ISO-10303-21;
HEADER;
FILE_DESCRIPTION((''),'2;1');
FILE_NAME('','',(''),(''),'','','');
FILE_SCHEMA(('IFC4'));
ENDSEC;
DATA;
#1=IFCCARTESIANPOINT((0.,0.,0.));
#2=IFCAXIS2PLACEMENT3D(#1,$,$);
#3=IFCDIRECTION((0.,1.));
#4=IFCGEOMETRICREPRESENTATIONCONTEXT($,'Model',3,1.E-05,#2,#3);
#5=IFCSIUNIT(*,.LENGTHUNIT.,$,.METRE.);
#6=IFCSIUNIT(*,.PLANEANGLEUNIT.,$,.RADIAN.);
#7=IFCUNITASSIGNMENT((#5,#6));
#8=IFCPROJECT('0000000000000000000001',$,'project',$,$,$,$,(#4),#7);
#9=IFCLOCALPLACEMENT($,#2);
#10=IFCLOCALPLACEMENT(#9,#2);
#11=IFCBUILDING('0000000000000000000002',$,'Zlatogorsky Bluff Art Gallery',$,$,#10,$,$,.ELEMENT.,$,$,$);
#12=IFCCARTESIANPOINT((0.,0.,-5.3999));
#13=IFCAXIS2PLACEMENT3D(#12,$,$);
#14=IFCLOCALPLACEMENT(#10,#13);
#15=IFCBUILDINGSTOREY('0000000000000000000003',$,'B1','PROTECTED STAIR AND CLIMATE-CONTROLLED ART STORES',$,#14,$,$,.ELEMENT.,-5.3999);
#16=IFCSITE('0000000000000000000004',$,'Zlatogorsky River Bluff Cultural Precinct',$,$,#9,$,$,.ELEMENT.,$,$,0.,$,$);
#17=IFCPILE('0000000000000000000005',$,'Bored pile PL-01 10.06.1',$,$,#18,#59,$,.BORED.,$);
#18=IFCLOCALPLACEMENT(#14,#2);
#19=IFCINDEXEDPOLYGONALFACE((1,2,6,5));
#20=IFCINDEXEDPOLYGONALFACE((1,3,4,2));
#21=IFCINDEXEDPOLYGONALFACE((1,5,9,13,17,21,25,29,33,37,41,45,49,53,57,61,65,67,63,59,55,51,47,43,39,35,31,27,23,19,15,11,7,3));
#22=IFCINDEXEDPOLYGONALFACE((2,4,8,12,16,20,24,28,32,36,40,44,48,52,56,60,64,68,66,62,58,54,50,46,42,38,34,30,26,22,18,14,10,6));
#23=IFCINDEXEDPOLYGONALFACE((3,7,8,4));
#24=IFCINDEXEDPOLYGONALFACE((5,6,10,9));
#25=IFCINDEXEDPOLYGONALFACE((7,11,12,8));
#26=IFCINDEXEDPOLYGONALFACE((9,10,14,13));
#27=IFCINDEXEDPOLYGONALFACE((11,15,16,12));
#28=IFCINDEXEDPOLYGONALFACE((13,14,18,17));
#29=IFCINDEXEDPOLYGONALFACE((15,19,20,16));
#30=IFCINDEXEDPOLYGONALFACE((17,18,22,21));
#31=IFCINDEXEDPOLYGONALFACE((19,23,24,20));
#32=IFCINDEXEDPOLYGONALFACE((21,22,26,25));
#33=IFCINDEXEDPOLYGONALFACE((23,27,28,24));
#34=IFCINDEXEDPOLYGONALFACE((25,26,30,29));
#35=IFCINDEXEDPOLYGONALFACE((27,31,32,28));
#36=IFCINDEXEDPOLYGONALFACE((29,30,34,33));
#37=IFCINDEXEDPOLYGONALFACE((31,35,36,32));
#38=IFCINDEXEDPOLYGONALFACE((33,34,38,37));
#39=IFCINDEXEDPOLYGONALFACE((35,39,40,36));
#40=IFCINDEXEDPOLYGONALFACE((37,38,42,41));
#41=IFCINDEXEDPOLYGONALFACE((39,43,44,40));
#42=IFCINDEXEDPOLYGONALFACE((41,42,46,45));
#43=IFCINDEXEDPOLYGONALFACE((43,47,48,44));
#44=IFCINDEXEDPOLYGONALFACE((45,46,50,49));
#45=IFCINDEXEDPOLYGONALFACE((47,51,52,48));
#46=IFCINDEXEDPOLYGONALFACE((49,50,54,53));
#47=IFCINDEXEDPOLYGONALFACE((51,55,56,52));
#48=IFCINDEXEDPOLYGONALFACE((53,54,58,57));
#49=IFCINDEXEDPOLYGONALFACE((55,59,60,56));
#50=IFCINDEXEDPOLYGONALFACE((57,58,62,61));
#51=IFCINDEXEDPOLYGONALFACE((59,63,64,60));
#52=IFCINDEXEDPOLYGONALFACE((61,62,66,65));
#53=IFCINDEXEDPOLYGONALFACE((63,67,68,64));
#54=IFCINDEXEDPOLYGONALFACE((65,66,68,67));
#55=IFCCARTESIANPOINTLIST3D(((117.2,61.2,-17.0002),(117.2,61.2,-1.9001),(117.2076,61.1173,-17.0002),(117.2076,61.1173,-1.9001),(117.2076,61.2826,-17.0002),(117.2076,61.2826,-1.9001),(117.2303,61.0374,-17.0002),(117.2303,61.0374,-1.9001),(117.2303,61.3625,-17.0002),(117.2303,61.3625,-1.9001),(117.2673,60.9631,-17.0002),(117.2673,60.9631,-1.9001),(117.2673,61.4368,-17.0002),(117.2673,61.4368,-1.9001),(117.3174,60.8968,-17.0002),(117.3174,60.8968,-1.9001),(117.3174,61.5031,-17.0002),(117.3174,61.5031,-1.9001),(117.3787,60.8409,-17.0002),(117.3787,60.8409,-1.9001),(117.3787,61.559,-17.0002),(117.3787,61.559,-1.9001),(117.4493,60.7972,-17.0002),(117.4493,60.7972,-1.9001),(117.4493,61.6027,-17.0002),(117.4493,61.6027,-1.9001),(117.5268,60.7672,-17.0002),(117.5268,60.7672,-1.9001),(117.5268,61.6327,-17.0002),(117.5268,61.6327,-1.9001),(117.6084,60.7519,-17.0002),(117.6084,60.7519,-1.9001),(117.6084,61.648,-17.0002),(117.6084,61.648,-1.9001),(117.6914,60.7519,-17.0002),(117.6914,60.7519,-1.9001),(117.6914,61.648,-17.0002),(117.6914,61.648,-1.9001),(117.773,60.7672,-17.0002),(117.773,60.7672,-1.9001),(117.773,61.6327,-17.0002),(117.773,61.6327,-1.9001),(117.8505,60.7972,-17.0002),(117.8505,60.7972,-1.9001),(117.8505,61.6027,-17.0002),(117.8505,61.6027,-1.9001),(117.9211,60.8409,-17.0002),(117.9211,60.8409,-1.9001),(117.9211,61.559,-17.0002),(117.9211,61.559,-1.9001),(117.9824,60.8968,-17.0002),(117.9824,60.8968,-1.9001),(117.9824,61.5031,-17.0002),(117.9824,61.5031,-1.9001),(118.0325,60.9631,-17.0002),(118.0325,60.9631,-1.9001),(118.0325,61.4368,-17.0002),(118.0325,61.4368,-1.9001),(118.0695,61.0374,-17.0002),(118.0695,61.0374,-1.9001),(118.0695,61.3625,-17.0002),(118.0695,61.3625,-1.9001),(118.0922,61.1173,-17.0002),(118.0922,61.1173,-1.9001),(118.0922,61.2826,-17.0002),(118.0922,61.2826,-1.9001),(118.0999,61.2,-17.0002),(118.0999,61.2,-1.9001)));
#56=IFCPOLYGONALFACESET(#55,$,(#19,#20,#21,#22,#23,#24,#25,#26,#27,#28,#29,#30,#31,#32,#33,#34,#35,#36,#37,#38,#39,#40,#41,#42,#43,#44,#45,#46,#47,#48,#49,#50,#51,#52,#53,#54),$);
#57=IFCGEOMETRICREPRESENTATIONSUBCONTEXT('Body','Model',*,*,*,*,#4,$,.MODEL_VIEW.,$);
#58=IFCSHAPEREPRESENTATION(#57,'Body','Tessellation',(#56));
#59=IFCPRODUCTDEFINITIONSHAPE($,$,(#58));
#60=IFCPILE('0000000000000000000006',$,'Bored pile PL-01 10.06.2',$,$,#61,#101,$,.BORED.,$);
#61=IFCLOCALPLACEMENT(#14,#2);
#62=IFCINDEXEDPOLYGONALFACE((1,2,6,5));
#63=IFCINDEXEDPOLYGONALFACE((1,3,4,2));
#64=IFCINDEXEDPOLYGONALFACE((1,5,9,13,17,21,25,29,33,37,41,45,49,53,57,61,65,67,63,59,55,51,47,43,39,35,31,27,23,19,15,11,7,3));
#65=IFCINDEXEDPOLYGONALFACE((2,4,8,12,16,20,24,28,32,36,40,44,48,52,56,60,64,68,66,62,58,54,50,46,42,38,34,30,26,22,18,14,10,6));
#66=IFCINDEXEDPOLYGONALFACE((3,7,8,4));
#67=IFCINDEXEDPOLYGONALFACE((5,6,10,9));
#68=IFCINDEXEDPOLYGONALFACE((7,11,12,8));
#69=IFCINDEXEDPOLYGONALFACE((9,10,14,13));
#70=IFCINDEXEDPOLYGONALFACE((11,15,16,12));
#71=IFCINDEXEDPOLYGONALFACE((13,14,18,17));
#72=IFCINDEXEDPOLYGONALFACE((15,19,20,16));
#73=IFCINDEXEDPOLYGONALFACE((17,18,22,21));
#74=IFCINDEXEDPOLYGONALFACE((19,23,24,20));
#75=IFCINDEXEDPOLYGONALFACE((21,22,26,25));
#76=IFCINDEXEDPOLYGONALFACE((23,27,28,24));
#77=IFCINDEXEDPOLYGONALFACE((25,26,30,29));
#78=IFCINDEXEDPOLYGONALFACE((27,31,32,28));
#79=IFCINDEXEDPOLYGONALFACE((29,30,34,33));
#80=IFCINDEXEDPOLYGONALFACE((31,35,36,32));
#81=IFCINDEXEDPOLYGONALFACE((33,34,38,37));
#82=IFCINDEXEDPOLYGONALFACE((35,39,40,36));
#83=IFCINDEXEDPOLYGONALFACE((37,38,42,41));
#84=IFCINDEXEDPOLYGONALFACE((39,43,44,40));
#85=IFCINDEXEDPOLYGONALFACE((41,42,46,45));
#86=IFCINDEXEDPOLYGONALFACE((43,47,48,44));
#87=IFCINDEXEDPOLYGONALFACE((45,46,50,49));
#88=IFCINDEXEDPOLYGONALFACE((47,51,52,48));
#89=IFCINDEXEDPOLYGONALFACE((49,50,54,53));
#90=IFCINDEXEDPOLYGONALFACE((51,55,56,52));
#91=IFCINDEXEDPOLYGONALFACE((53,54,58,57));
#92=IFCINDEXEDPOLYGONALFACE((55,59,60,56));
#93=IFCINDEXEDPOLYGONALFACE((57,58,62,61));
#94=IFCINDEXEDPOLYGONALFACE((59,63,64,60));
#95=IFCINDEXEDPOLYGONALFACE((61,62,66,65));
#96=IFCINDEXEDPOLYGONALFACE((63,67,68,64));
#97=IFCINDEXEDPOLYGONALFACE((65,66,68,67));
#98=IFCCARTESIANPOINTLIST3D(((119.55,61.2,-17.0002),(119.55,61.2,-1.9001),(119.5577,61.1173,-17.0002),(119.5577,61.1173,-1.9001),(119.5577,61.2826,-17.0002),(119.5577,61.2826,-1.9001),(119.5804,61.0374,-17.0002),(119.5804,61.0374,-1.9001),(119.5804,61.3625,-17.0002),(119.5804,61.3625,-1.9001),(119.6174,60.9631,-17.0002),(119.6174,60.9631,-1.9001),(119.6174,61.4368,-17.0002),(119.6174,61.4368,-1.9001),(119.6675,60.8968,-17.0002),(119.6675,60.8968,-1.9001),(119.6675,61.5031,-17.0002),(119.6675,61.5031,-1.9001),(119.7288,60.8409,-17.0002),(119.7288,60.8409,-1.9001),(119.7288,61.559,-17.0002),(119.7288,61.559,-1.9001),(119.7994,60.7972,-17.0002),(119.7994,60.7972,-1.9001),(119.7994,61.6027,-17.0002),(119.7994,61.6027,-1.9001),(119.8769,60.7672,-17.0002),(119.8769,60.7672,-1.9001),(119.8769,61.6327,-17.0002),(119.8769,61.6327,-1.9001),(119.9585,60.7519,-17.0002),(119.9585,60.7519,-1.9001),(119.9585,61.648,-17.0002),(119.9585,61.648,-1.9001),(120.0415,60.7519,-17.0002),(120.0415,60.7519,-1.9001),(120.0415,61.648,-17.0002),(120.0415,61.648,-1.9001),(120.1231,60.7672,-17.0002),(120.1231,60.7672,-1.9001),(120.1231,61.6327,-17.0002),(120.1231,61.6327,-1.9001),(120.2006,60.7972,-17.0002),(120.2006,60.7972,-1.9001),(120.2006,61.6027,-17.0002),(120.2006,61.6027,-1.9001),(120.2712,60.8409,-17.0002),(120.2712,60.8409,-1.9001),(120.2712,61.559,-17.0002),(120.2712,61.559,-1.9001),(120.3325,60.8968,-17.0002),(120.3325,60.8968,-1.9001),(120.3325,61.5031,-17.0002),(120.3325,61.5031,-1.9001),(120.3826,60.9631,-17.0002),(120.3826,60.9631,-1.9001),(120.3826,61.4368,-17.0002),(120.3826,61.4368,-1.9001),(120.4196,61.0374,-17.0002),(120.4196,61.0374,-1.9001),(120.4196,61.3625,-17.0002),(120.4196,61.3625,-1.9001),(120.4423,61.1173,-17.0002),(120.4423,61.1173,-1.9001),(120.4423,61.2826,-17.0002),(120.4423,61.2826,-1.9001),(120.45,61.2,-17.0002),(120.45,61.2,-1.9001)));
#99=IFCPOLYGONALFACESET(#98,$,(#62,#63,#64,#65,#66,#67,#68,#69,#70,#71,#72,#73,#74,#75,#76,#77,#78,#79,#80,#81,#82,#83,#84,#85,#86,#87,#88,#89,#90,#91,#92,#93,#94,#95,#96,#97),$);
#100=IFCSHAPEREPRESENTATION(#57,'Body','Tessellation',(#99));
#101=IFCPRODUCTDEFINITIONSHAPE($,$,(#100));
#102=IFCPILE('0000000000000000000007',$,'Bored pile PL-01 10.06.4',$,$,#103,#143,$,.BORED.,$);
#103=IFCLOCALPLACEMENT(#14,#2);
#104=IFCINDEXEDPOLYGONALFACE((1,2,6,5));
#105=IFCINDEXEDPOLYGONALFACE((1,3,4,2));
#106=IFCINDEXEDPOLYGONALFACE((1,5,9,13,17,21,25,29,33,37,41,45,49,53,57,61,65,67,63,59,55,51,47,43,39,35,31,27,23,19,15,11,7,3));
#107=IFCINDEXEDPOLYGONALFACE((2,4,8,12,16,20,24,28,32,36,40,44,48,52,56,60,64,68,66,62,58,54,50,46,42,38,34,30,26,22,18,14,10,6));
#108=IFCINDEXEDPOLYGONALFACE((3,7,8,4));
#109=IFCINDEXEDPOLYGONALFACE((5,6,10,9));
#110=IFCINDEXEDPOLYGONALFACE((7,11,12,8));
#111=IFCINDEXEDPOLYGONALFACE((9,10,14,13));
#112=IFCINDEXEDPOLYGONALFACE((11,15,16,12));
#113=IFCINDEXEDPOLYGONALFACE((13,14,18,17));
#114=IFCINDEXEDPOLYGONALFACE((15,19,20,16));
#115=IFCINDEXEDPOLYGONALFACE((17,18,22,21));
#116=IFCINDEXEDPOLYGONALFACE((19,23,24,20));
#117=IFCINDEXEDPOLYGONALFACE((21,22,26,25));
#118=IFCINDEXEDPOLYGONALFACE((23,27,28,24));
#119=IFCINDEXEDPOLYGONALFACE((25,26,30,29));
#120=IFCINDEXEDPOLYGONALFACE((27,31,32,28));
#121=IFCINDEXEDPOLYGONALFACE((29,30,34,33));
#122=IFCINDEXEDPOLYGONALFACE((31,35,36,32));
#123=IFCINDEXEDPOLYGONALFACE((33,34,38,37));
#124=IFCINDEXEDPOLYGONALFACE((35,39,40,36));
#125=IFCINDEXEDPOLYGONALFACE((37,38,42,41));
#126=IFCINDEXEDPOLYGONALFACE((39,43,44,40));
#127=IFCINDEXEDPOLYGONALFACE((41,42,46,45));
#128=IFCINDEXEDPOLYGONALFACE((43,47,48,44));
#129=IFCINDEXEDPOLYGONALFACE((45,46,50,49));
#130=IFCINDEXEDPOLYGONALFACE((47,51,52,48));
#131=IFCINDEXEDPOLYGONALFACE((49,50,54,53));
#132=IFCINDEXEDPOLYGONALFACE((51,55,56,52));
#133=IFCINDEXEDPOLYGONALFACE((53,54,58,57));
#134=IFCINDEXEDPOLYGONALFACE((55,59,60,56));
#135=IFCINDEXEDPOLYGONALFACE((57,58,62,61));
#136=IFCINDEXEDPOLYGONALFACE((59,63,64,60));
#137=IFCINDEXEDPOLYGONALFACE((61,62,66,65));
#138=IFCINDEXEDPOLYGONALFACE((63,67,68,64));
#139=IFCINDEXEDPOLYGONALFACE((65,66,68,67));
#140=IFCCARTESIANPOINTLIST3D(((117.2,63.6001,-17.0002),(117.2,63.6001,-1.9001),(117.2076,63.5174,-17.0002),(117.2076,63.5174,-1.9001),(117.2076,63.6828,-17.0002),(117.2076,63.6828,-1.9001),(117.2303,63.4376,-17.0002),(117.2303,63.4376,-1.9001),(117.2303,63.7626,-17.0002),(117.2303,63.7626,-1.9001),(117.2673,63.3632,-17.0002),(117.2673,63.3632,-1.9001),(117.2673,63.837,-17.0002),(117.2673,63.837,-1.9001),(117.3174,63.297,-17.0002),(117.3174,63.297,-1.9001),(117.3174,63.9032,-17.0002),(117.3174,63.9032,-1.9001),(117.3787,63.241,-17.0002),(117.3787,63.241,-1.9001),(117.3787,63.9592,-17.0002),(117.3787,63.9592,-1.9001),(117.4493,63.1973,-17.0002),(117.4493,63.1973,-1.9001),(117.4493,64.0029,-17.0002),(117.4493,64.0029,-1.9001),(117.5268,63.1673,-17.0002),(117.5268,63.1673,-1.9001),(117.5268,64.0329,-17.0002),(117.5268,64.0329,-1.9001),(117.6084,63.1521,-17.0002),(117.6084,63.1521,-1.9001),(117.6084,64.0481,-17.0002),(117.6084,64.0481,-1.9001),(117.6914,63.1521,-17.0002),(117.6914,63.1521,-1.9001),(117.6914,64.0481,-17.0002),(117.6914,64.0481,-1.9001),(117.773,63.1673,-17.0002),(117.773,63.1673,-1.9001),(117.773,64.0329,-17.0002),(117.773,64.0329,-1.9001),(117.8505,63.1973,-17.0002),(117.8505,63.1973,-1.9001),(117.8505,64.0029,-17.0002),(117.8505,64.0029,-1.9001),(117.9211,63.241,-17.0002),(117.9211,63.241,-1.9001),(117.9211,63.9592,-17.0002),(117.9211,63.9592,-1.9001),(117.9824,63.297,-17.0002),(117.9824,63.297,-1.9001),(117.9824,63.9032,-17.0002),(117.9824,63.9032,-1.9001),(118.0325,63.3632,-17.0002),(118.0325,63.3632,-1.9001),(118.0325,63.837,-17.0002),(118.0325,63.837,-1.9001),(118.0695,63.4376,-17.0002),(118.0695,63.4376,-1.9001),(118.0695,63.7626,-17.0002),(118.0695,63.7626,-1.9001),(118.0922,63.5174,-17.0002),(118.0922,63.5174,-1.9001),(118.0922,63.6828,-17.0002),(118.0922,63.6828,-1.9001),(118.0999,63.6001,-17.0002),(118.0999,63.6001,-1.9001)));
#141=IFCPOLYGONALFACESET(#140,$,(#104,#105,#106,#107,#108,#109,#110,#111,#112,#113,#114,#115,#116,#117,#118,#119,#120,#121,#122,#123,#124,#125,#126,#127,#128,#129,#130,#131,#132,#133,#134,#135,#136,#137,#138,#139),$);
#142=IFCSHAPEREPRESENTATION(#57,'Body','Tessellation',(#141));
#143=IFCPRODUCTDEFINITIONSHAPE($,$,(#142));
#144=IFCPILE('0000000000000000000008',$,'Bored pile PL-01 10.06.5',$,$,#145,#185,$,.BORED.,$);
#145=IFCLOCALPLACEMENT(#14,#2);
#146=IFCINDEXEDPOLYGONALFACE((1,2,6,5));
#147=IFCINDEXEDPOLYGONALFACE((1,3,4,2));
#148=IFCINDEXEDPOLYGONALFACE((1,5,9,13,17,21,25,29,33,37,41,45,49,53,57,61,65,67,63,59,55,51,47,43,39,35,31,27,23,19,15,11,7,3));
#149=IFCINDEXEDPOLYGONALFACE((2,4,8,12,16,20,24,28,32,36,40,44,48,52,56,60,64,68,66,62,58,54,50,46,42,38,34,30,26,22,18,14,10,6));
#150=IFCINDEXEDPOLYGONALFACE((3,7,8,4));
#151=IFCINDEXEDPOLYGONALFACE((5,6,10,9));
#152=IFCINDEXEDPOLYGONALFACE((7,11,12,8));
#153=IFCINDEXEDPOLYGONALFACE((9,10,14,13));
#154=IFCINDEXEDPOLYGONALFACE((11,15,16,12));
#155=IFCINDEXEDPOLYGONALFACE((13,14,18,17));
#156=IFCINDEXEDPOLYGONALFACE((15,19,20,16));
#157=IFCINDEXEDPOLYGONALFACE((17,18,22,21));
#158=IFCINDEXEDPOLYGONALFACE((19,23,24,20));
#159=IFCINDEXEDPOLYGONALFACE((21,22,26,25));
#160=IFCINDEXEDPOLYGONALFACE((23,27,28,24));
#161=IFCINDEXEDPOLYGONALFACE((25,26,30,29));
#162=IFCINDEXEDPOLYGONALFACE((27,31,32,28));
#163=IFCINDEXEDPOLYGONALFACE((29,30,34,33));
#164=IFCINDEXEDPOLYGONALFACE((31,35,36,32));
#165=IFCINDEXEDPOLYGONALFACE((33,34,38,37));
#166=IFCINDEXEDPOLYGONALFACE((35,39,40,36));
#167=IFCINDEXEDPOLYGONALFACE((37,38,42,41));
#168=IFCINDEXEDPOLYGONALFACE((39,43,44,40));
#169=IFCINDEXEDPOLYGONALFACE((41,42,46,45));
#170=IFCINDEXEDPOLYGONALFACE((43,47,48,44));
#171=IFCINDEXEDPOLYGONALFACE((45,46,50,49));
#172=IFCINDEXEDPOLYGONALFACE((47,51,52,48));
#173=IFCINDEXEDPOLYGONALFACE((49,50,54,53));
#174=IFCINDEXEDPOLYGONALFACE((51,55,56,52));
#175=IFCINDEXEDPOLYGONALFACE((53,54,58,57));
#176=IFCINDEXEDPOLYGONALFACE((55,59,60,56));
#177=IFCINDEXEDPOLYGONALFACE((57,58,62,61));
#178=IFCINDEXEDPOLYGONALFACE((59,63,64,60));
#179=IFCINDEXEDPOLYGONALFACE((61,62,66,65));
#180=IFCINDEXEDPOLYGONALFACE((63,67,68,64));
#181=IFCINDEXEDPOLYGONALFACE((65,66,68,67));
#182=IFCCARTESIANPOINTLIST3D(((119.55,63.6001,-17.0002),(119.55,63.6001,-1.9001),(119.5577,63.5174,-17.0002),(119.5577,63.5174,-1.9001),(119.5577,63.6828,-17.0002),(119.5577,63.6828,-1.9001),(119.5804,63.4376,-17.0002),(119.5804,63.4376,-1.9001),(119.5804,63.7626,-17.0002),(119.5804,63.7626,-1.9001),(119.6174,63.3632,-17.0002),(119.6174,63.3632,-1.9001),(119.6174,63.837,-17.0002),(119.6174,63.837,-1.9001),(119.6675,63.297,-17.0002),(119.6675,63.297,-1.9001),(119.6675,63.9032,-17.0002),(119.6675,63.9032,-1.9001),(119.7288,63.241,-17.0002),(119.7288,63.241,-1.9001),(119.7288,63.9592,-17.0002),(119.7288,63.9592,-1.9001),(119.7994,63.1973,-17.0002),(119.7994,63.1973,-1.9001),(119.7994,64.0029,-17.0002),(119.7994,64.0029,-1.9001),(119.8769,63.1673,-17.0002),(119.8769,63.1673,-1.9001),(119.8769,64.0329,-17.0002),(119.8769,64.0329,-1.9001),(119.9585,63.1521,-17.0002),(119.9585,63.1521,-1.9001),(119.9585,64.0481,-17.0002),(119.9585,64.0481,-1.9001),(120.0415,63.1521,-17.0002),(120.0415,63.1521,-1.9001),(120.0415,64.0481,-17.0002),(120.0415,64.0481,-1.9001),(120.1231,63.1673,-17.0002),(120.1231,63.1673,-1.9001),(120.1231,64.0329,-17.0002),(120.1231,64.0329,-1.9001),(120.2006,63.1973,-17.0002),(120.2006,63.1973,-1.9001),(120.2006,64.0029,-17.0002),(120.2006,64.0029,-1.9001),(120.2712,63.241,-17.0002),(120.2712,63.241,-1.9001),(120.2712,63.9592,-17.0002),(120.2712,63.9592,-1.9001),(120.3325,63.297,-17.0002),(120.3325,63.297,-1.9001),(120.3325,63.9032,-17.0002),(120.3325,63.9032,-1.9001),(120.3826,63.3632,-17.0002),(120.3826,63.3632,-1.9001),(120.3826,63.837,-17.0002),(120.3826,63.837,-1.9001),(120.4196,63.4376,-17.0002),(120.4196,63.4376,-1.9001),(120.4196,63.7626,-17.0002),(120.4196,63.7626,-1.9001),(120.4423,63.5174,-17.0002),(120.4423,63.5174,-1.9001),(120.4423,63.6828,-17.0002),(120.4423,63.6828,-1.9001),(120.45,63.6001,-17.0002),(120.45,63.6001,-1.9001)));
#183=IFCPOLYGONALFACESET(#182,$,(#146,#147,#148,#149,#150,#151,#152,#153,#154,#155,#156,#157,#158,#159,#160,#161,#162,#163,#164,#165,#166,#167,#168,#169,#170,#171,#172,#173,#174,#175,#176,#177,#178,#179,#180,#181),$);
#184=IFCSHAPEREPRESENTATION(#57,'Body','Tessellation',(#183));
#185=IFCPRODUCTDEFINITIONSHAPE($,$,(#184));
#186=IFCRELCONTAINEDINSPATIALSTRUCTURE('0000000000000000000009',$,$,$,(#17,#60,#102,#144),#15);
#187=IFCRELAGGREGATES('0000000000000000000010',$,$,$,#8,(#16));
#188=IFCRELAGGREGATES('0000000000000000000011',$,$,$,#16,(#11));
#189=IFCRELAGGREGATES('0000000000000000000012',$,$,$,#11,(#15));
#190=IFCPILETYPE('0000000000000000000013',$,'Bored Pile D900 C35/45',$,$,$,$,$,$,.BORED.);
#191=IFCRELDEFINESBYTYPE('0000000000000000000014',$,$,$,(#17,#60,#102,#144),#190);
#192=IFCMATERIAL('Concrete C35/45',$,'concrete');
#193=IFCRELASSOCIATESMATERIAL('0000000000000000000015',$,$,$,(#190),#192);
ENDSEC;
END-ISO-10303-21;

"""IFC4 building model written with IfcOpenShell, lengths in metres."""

from ifc_helpers import new_model, si_unit, direction, frame, origin, origin_2d, place, context, subcontext, project, spatial, circle, extrude, material, material_profile, profile_set, type_object, element, save


model = new_model("IFC4")

# Units and contexts
model_context = context("Model", 3, precision=1e-05, world=origin(), true_north=direction((0.0, 1.0)))
body_context = subcontext(model_context, "Body", "Model", "MODEL_VIEW")
ifc_project = project(units=[si_unit("LENGTHUNIT", "METRE"), si_unit("PLANEANGLEUNIT", "RADIAN")], contexts=[model_context])

# Site, building, storey
site_placement = place(None, origin())
site = spatial("IfcSite", under=ifc_project, at=site_placement, Name="Zlatogorsky River Bluff Cultural Precinct", CompositionType="ELEMENT", RefElevation=0.0)
building_placement = place(site_placement, origin())
building = spatial("IfcBuilding", under=site, at=building_placement, Name="Zlatogorsky Bluff Art Gallery", CompositionType="ELEMENT")
storey_placement = place(building_placement, frame((0.0, 0.0, -5.3999)))
storey = spatial("IfcBuildingStorey", under=building, at=storey_placement, Name="B1", Description="PROTECTED STAIR AND CLIMATE-CONTROLLED ART STORES", CompositionType="ELEMENT", Elevation=-5.3999)

# Piles
ifc_material_1 = material(Name="Concrete C35/45", Category="concrete")
ifc_material_profile_1 = material_profile(ifc_material_1, circle(Radius=0.45, at=origin_2d()), Name="BORED PILE D900")
ifc_profile_set_1 = profile_set([ifc_material_profile_1], Name="Concrete C35/45")
pile_type = type_object("IfcPileType", Name="Bored Pile D900 C35/45", PredefinedType="BORED", material=ifc_profile_set_1)
for number, where, z_axis, x_axis, name in (
    (1, (117.6499, 61.2, -1.9001), (0.0, 0.0, -1.0), (1.0, 0.0, 0.0), "Bored pile PL-01 10.06.1"),
    (2, (120.0, 61.2, -1.9001), (0.0, 0.0, -1.0), (1.0, 0.0, 0.0), "Bored pile PL-01 10.06.2"),
    (3, (117.6499, 63.6001, -1.9001), (0.0, 0.0, -1.0), (1.0, 0.0, 0.0), "Bored pile PL-01 10.06.4"),
    (4, (120.0, 63.6001, -1.9001), (0.0, 0.0, -1.0), (1.0, 0.0, 0.0), "Bored pile PL-01 10.06.5"),
):
    element("IfcPile", number, at=place(storey_placement, frame(where, z_axis=z_axis, x_axis=x_axis)), inside=storey, type_object=pile_type, Name=name, PredefinedType="BORED", context=body_context, shape_type="SweptSolid", body=[
        extrude(circle(Radius=0.45, at=origin_2d()), origin(), (0.0, 0.0, 1.0), 15.1001),
    ])

save(model, "model.ifc")
